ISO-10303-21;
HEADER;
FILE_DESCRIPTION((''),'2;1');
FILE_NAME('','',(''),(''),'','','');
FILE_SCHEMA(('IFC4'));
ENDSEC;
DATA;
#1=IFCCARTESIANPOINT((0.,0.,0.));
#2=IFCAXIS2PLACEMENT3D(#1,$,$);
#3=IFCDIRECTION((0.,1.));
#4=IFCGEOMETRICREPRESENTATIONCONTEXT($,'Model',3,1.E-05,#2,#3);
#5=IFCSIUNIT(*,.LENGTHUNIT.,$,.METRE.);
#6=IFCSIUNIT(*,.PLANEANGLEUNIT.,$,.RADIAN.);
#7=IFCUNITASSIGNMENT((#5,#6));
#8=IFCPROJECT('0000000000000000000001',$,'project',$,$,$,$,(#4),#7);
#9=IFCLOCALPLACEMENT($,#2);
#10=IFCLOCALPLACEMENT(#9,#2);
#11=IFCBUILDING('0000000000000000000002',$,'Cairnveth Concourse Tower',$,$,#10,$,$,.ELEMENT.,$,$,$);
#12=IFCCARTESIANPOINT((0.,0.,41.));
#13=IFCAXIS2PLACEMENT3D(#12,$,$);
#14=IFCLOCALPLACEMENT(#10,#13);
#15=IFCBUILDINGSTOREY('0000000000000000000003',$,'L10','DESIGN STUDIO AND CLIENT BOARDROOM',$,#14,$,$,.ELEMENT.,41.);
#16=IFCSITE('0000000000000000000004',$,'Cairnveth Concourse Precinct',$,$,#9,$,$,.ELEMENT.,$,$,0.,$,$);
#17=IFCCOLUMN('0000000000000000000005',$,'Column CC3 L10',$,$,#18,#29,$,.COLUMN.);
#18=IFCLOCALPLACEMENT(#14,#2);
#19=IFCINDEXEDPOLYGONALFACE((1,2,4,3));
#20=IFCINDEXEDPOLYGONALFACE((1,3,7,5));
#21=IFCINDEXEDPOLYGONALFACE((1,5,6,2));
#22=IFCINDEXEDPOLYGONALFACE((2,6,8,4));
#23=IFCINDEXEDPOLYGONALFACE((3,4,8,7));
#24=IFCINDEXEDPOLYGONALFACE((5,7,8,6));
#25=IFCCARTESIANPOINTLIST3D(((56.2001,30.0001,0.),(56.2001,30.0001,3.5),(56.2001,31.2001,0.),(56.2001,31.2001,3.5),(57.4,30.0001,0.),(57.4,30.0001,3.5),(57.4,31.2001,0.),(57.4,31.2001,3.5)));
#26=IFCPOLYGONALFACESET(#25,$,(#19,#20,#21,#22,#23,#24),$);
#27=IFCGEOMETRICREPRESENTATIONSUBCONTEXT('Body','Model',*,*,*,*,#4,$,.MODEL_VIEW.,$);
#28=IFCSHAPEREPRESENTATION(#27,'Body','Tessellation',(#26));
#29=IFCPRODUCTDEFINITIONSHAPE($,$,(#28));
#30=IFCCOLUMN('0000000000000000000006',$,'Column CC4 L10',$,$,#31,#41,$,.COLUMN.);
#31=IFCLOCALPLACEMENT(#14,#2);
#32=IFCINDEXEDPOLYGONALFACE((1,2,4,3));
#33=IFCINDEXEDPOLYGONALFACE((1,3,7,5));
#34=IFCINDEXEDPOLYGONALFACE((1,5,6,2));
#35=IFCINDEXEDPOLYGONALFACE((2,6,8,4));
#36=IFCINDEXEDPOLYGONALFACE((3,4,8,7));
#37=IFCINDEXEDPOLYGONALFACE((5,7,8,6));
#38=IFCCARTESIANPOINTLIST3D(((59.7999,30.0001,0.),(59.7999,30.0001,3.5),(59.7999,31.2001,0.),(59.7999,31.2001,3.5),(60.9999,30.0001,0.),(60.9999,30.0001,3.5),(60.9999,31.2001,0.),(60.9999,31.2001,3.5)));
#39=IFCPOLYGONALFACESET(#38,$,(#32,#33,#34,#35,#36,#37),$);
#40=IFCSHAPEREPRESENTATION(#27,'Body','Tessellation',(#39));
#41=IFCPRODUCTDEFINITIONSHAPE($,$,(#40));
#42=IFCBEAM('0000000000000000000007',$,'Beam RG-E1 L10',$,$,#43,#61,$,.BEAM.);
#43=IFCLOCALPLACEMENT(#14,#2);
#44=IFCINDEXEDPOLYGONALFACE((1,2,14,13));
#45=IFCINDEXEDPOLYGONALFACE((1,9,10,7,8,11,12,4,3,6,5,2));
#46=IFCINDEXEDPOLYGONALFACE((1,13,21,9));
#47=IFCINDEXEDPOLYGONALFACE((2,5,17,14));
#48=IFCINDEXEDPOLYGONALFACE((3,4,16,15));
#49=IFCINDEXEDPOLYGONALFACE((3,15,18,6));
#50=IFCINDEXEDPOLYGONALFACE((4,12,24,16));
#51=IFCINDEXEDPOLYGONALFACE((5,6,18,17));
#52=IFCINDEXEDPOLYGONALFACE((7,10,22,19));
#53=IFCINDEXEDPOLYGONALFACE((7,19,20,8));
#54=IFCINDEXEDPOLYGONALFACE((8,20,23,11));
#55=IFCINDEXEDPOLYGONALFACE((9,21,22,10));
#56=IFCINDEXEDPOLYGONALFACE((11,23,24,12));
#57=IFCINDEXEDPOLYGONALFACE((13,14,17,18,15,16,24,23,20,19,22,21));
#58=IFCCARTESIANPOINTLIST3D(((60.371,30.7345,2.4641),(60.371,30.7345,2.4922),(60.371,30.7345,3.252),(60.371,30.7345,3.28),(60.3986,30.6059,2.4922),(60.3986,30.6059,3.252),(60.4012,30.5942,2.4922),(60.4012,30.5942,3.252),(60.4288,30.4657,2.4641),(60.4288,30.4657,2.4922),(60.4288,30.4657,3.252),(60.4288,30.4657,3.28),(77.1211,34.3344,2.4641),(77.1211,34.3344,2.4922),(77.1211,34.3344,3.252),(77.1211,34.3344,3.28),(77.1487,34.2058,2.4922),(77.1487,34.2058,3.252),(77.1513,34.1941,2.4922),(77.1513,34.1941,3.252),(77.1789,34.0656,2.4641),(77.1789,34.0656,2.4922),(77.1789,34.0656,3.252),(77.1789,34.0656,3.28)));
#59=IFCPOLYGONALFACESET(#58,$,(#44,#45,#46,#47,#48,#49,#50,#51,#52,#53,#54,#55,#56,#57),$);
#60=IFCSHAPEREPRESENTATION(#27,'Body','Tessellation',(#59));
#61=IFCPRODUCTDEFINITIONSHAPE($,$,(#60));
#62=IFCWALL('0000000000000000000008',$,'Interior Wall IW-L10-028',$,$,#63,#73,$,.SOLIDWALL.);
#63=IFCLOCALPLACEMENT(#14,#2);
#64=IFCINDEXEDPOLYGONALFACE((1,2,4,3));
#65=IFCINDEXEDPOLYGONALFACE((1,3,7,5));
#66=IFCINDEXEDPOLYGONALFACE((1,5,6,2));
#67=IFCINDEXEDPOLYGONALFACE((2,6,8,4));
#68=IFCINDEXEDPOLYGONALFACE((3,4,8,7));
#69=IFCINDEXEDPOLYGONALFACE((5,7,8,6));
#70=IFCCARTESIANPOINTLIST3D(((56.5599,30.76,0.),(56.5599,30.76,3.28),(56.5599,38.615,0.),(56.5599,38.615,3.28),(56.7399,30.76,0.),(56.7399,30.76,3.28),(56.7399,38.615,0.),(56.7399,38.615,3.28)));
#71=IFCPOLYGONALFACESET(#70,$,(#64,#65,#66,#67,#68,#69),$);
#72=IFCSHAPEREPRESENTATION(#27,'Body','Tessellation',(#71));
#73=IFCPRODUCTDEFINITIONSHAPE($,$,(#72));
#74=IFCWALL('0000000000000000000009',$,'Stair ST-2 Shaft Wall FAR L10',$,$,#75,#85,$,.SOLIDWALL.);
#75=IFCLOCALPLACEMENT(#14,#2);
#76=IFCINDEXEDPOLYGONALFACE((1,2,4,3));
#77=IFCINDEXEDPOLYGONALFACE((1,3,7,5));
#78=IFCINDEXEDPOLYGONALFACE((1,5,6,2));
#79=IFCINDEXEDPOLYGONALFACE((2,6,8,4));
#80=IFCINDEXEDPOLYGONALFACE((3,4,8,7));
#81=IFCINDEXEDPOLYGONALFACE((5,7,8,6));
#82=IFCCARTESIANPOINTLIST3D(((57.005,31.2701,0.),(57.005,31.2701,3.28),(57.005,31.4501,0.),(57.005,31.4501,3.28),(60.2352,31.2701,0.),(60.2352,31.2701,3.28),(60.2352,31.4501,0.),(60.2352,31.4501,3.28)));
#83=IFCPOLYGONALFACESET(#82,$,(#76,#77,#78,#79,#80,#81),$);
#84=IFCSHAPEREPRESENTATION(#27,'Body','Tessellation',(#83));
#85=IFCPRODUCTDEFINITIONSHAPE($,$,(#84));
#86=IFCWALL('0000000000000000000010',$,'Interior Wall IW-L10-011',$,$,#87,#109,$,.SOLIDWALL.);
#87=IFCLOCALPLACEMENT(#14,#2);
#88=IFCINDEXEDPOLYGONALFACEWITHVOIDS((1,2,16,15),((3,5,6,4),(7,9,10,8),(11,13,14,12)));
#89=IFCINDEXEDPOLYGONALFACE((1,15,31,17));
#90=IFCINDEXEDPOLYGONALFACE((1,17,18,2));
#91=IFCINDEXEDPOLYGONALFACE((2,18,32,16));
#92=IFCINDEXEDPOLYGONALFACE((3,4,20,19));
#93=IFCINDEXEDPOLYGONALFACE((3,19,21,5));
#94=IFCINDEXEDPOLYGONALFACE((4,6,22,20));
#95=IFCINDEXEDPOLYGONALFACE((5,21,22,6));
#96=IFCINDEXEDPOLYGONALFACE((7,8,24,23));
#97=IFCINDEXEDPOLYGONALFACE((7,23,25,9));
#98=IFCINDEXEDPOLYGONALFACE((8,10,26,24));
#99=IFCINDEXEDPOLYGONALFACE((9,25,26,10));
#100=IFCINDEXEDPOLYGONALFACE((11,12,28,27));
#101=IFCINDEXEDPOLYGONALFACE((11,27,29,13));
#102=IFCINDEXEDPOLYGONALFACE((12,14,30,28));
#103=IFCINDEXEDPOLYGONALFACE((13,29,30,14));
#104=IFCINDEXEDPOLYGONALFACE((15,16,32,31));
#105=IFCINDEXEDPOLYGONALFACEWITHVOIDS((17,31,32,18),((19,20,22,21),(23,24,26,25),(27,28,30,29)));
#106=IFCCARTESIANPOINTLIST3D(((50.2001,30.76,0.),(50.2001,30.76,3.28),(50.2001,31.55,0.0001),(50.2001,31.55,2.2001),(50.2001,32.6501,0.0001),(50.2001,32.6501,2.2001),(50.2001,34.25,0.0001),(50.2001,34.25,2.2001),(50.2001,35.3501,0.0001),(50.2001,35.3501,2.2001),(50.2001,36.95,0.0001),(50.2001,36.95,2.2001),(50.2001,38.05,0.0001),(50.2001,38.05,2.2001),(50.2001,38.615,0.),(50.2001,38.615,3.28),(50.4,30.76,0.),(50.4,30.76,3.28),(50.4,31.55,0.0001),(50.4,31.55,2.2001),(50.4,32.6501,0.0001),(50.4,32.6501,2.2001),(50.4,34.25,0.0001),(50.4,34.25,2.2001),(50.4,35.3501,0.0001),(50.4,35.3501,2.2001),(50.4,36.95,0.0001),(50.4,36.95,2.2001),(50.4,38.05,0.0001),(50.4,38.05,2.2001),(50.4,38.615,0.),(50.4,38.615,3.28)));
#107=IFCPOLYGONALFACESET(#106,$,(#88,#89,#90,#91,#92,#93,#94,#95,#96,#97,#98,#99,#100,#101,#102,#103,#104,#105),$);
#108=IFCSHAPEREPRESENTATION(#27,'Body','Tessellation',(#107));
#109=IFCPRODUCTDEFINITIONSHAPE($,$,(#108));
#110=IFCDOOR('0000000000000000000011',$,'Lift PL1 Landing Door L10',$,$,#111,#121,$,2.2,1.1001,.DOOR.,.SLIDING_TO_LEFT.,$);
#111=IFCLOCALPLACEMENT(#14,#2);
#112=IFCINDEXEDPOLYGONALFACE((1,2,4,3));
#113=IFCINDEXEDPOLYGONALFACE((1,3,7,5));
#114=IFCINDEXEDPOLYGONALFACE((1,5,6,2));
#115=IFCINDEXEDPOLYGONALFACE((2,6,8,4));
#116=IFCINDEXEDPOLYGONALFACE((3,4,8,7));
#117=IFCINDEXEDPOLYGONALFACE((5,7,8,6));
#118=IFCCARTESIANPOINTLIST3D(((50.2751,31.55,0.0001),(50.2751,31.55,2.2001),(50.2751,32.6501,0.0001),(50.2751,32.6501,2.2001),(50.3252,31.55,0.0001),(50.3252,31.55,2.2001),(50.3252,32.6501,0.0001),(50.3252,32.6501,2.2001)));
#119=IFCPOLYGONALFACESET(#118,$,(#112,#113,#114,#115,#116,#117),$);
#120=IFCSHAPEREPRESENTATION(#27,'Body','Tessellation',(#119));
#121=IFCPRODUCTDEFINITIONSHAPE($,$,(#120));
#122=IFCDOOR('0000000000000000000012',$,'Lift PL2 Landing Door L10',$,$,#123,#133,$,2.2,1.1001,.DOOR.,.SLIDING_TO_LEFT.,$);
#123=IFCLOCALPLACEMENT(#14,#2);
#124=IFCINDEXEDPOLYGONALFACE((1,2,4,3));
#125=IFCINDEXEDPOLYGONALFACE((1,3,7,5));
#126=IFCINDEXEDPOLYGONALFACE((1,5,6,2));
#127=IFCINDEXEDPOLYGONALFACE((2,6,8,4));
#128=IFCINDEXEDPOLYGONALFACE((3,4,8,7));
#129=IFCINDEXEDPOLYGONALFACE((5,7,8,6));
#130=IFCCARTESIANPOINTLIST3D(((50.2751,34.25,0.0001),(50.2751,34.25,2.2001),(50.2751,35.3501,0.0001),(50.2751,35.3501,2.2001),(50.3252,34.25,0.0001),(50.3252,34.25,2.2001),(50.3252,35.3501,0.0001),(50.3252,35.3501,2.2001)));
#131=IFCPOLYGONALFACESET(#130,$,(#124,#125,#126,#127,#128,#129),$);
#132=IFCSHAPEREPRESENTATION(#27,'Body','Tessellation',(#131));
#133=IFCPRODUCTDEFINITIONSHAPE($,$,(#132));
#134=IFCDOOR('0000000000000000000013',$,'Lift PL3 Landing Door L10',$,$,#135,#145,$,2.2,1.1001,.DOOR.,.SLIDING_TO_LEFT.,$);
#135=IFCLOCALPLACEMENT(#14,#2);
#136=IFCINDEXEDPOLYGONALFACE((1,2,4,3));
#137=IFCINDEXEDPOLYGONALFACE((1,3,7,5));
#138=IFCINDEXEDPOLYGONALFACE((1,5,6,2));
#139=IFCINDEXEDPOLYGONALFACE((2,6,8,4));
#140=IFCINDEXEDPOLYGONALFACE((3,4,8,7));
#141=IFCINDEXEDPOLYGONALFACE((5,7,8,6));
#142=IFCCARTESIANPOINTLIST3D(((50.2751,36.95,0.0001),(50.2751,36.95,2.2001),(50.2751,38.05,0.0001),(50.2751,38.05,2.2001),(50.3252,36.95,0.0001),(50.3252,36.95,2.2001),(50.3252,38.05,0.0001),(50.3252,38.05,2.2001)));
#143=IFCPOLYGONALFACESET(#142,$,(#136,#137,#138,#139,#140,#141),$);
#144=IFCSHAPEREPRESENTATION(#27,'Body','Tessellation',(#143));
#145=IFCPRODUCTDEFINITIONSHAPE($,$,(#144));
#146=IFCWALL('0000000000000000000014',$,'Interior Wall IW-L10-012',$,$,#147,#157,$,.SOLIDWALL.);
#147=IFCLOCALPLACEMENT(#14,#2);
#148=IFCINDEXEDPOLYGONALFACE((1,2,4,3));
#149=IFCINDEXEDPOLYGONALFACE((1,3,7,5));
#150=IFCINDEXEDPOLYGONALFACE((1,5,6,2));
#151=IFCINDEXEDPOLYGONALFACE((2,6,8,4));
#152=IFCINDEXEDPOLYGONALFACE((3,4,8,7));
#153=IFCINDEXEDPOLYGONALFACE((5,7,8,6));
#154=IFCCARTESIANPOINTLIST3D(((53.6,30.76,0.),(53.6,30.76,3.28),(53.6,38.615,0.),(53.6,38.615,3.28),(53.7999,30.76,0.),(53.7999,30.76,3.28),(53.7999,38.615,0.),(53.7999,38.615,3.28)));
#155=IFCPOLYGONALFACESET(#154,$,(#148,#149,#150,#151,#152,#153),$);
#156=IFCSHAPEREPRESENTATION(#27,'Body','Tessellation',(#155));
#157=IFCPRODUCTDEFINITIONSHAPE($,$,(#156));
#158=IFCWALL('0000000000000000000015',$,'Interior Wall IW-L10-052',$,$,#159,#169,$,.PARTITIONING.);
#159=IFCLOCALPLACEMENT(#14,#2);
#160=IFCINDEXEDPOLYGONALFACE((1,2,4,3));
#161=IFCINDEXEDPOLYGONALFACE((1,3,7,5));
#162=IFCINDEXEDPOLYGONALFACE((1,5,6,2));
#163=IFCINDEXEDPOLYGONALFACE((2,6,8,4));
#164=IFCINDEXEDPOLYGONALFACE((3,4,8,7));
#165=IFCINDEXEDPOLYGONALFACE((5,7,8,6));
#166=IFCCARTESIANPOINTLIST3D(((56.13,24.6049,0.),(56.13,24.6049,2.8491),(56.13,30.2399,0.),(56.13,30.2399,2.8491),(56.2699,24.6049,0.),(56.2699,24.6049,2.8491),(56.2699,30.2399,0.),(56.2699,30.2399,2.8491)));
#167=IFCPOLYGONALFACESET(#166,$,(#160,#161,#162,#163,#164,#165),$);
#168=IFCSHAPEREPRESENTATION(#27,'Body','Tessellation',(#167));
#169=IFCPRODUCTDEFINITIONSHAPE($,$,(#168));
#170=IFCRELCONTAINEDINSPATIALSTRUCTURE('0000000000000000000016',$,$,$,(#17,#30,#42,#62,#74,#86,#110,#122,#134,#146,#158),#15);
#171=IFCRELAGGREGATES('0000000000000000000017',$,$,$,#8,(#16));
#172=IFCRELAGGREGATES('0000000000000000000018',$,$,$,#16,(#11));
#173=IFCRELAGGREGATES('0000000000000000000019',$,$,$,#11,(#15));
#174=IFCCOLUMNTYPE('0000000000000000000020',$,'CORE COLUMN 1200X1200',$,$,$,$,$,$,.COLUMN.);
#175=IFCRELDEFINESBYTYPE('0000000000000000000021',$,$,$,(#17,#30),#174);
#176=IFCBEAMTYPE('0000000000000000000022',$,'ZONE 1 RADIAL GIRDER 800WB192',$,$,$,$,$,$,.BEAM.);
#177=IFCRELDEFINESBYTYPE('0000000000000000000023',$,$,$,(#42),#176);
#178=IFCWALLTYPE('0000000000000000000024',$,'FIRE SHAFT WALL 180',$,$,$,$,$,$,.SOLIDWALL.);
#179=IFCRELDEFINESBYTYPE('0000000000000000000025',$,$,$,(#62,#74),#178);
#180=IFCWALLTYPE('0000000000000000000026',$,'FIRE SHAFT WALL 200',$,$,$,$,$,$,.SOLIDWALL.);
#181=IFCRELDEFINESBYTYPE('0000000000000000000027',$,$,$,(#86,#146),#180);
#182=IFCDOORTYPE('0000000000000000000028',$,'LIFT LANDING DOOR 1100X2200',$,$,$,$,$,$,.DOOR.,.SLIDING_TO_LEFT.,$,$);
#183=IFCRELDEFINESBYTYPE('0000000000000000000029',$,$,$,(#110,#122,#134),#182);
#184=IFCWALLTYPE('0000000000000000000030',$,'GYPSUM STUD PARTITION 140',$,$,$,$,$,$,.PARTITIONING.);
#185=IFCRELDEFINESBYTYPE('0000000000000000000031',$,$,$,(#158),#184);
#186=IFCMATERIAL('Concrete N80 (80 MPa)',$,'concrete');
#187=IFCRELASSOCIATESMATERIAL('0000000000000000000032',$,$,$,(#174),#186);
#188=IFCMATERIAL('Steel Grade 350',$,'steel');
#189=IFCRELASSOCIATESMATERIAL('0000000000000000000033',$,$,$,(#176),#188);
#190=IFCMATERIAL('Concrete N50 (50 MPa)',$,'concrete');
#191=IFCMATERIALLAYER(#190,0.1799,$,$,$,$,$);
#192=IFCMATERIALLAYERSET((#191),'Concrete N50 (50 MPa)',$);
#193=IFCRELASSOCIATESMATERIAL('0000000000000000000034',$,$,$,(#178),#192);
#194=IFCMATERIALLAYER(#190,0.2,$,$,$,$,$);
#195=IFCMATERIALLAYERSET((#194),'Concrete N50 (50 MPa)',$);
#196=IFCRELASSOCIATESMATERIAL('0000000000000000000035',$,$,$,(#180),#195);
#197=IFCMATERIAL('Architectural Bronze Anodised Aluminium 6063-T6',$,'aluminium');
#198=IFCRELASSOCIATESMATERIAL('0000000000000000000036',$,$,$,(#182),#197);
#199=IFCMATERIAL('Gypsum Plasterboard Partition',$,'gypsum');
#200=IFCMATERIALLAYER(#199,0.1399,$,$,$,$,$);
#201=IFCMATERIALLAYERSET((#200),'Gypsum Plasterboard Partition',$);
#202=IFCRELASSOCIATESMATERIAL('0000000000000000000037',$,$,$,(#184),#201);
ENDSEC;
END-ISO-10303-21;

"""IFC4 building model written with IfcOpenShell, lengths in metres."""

from ifc_helpers import new_model, si_unit, direction, frame, frame_2d, origin, origin_2d, place, context, subcontext, project, spatial, rectangle, i_section, extrude, material, layer, layer_set, material_profile, profile_set, type_object, element, fill, save


model = new_model("IFC4")

# Units and contexts
model_context = context("Model", 3, precision=1e-05, world=origin(), true_north=direction((0.0, 1.0)))
body_context = subcontext(model_context, "Body", "Model", "MODEL_VIEW")
ifc_project = project(units=[si_unit("LENGTHUNIT", "METRE"), si_unit("PLANEANGLEUNIT", "RADIAN")], contexts=[model_context])

# Site, building, storey
site_placement = place(None, origin())
site = spatial("IfcSite", under=ifc_project, at=site_placement, Name="Cairnveth Concourse Precinct", CompositionType="ELEMENT", RefElevation=0.0)
building_placement = place(site_placement, origin())
building = spatial("IfcBuilding", under=site, at=building_placement, Name="Cairnveth Concourse Tower", CompositionType="ELEMENT")
storey_placement = place(building_placement, frame((0.0, 0.0, 41.0)))
storey = spatial("IfcBuildingStorey", under=building, at=storey_placement, Name="L10", Description="DESIGN STUDIO AND CLIENT BOARDROOM", CompositionType="ELEMENT", Elevation=41.0)

# Columns
ifc_material_1 = material(Name="Concrete N80 (80 MPa)", Category="concrete")
ifc_material_profile_1 = material_profile(ifc_material_1, rectangle(XDim=1.2, YDim=1.2, at=origin_2d()), Name="RC-COL-1200x1200")
ifc_profile_set_1 = profile_set([ifc_material_profile_1], Name="Concrete N80 (80 MPa)")
column_type = type_object("IfcColumnType", Name="CORE COLUMN 1200X1200", PredefinedType="COLUMN", material=ifc_profile_set_1)
for number, where, z_axis, x_axis, name in (
    (1, (56.8, 30.6001, 0.0), (0.0, 0.0, 1.0), (1.0, 0.0, 0.0), "Column CC3 L10"),
    (2, (60.3999, 30.6001, 0.0), (0.0, 0.0, 1.0), (1.0, 0.0, 0.0), "Column CC4 L10"),
):
    element("IfcColumn", number, at=place(storey_placement, frame(where, z_axis=z_axis, x_axis=x_axis)), inside=storey, type_object=column_type, Name=name, PredefinedType="COLUMN", context=body_context, shape_type="SweptSolid", body=[
        extrude(rectangle(XDim=1.2, YDim=1.2, at=origin_2d()), origin(), (0.0, 0.0, 1.0), 3.5),
    ])

# Beam
ifc_material_2 = material(Name="Steel Grade 350", Category="steel")
ifc_material_profile_2 = material_profile(ifc_material_2, i_section(OverallWidth=0.2749, OverallDepth=0.8159, WebThickness=0.012, FlangeThickness=0.0281, at=origin_2d()), Name="800WB192")
ifc_profile_set_2 = profile_set([ifc_material_profile_2], Name="Steel Grade 350")
beam_type = type_object("IfcBeamType", Name="ZONE 1 RADIAL GIRDER 800WB192", PredefinedType="BEAM", material=ifc_profile_set_2)
beam_placement = place(storey_placement, frame((60.3999, 30.6001, 2.8721), z_axis=(0.977676, 0.210119, 0.0), x_axis=(-0.210119, 0.977676, 0.0)))
element("IfcBeam", 3, at=beam_placement, inside=storey, type_object=beam_type, Name="Beam RG-E1 L10", PredefinedType="BEAM", context=body_context, shape_type="SweptSolid", body=[
    extrude(i_section(OverallWidth=0.2749, OverallDepth=0.8159, WebThickness=0.012, FlangeThickness=0.0281, at=origin_2d()), origin(), (0.0, 0.0, 1.0), 17.1326),
])

# Walls
ifc_material_3 = material(Name="Concrete N50 (50 MPa)", Category="concrete")
ifc_layer_1 = layer(ifc_material_3, 0.1799)
ifc_layer_set_1 = layer_set([ifc_layer_1], Name="Concrete N50 (50 MPa)")
wall_type_1 = type_object("IfcWallType", Name="FIRE SHAFT WALL 180", PredefinedType="SOLIDWALL", material=ifc_layer_set_1)
wall_1_placement = place(storey_placement, frame((56.6499, 30.76, 0.0), z_axis=(0.0, 0.0, 1.0), x_axis=(0.0, 1.0, 0.0)))
element("IfcWall", 4, at=wall_1_placement, inside=storey, type_object=wall_type_1, Name="Interior Wall IW-L10-028", PredefinedType="SOLIDWALL", context=body_context, shape_type="SweptSolid", body=[
    extrude(rectangle(XDim=7.855, YDim=0.1799, at=frame_2d((3.9275, 0.0))), origin(), (0.0, 0.0, 1.0), 3.28),
])
wall_2_placement = place(storey_placement, frame((57.0049, 31.3601, 0.0), z_axis=(0.0, 0.0, 1.0), x_axis=(1.0, 0.0, 0.0)))
element("IfcWall", 5, at=wall_2_placement, inside=storey, type_object=wall_type_1, Name="Stair ST-2 Shaft Wall FAR L10", PredefinedType="SOLIDWALL", context=body_context, shape_type="SweptSolid", body=[
    extrude(rectangle(XDim=3.2302, YDim=0.1799, at=frame_2d((1.6152, 0.0))), origin(), (0.0, 0.0, 1.0), 3.28),
])

# Wall, openings, doors
ifc_layer_2 = layer(ifc_material_3, 0.2)
ifc_layer_set_2 = layer_set([ifc_layer_2], Name="Concrete N50 (50 MPa)")
wall_type_2 = type_object("IfcWallType", Name="FIRE SHAFT WALL 200", PredefinedType="SOLIDWALL", material=ifc_layer_set_2)
wall_3_placement = place(storey_placement, frame((50.3, 30.76, 0.0), z_axis=(0.0, 0.0, 1.0), x_axis=(0.0, 1.0, 0.0)))
wall_3 = element("IfcWall", 6, at=wall_3_placement, inside=storey, type_object=wall_type_2, Name="Interior Wall IW-L10-011", PredefinedType="SOLIDWALL", context=body_context, shape_type="SweptSolid", body=[
    extrude(rectangle(XDim=7.855, YDim=0.2, at=frame_2d((3.9275, 0.0))), origin(), (0.0, 0.0, 1.0), 3.28),
])
opening_1_placement = place(wall_3_placement, frame((0.79, 0.0, 0.0)))
opening_1 = element("IfcOpeningElement", 7, at=opening_1_placement, cuts=wall_3, PredefinedType="OPENING", context=body_context, shape_type="SweptSolid", body=[
    extrude(rectangle(XDim=1.1001, YDim=2.2, at=frame_2d((0.55, 1.1001))), frame((0.0, 0.1099, 0.0), z_axis=(0.0, -1.0, 0.0), x_axis=(1.0, 0.0, 0.0)), (0.0, 0.0, 1.0), 0.22),
])
opening_2_placement = place(wall_3_placement, frame((3.49, 0.0, 0.0)))
opening_2 = element("IfcOpeningElement", 8, at=opening_2_placement, cuts=wall_3, PredefinedType="OPENING", context=body_context, shape_type="SweptSolid", body=[
    extrude(rectangle(XDim=1.1001, YDim=2.2, at=frame_2d((0.55, 1.1001))), frame((0.0, 0.1099, 0.0), z_axis=(0.0, -1.0, 0.0), x_axis=(1.0, 0.0, 0.0)), (0.0, 0.0, 1.0), 0.22),
])
opening_3_placement = place(wall_3_placement, frame((6.1899, 0.0, 0.0)))
opening_3 = element("IfcOpeningElement", 9, at=opening_3_placement, cuts=wall_3, PredefinedType="OPENING", context=body_context, shape_type="SweptSolid", body=[
    extrude(rectangle(XDim=1.1001, YDim=2.2, at=frame_2d((0.55, 1.1001))), frame((0.0, 0.1099, 0.0), z_axis=(0.0, -1.0, 0.0), x_axis=(1.0, 0.0, 0.0)), (0.0, 0.0, 1.0), 0.22),
])
ifc_material_4 = material(Name="Architectural Bronze Anodised Aluminium 6063-T6", Category="aluminium")
door_type = type_object("IfcDoorType", Name="LIFT LANDING DOOR 1100X2200", OperationType="SLIDING_TO_LEFT", PredefinedType="DOOR", material=ifc_material_4)
door_1_placement = place(opening_1_placement, origin())
door_1 = element("IfcDoor", 10, at=door_1_placement, inside=storey, type_object=door_type, Name="Lift PL1 Landing Door L10", OperationType="SLIDING_TO_LEFT", OverallHeight=2.2, OverallWidth=1.1001, PredefinedType="DOOR", context=body_context, shape_type="SweptSolid", body=[
    extrude(rectangle(XDim=1.1001, YDim=2.2, at=frame_2d((0.55, 1.1001))), frame((0.0, 0.0249, 0.0), z_axis=(0.0, -1.0, 0.0), x_axis=(1.0, 0.0, 0.0)), (0.0, 0.0, 1.0), 0.05),
])
fill(opening_1, door_1)
door_2_placement = place(opening_2_placement, origin())
door_2 = element("IfcDoor", 11, at=door_2_placement, inside=storey, type_object=door_type, Name="Lift PL2 Landing Door L10", OperationType="SLIDING_TO_LEFT", OverallHeight=2.2, OverallWidth=1.1001, PredefinedType="DOOR", context=body_context, shape_type="SweptSolid", body=[
    extrude(rectangle(XDim=1.1001, YDim=2.2, at=frame_2d((0.55, 1.1001))), frame((0.0, 0.0249, 0.0), z_axis=(0.0, -1.0, 0.0), x_axis=(1.0, 0.0, 0.0)), (0.0, 0.0, 1.0), 0.05),
])
fill(opening_2, door_2)
door_3_placement = place(opening_3_placement, origin())
door_3 = element("IfcDoor", 12, at=door_3_placement, inside=storey, type_object=door_type, Name="Lift PL3 Landing Door L10", OperationType="SLIDING_TO_LEFT", OverallHeight=2.2, OverallWidth=1.1001, PredefinedType="DOOR", context=body_context, shape_type="SweptSolid", body=[
    extrude(rectangle(XDim=1.1001, YDim=2.2, at=frame_2d((0.55, 1.1001))), frame((0.0, 0.0249, 0.0), z_axis=(0.0, -1.0, 0.0), x_axis=(1.0, 0.0, 0.0)), (0.0, 0.0, 1.0), 0.05),
])
fill(opening_3, door_3)

# Walls
wall_4_placement = place(storey_placement, frame((53.7, 30.76, 0.0), z_axis=(0.0, 0.0, 1.0), x_axis=(0.0, 1.0, 0.0)))
element("IfcWall", 13, at=wall_4_placement, inside=storey, type_object=wall_type_2, Name="Interior Wall IW-L10-012", PredefinedType="SOLIDWALL", context=body_context, shape_type="SweptSolid", body=[
    extrude(rectangle(XDim=7.855, YDim=0.2, at=frame_2d((3.9275, 0.0))), origin(), (0.0, 0.0, 1.0), 3.28),
])
ifc_material_5 = material(Name="Gypsum Plasterboard Partition", Category="gypsum")
ifc_layer_3 = layer(ifc_material_5, 0.1399)
ifc_layer_set_3 = layer_set([ifc_layer_3], Name="Gypsum Plasterboard Partition")
wall_type_3 = type_object("IfcWallType", Name="GYPSUM STUD PARTITION 140", PredefinedType="PARTITIONING", material=ifc_layer_set_3)
wall_5_placement = place(storey_placement, frame((56.2, 24.605, 0.0), z_axis=(0.0, 0.0, 1.0), x_axis=(0.0, 1.0, 0.0)))
element("IfcWall", 14, at=wall_5_placement, inside=storey, type_object=wall_type_3, Name="Interior Wall IW-L10-052", PredefinedType="PARTITIONING", context=body_context, shape_type="SweptSolid", body=[
    extrude(rectangle(XDim=5.635, YDim=0.1399, at=frame_2d((2.8174, 0.0))), origin(), (0.0, 0.0, 1.0), 2.8491),
])

save(model, "model.ifc")
